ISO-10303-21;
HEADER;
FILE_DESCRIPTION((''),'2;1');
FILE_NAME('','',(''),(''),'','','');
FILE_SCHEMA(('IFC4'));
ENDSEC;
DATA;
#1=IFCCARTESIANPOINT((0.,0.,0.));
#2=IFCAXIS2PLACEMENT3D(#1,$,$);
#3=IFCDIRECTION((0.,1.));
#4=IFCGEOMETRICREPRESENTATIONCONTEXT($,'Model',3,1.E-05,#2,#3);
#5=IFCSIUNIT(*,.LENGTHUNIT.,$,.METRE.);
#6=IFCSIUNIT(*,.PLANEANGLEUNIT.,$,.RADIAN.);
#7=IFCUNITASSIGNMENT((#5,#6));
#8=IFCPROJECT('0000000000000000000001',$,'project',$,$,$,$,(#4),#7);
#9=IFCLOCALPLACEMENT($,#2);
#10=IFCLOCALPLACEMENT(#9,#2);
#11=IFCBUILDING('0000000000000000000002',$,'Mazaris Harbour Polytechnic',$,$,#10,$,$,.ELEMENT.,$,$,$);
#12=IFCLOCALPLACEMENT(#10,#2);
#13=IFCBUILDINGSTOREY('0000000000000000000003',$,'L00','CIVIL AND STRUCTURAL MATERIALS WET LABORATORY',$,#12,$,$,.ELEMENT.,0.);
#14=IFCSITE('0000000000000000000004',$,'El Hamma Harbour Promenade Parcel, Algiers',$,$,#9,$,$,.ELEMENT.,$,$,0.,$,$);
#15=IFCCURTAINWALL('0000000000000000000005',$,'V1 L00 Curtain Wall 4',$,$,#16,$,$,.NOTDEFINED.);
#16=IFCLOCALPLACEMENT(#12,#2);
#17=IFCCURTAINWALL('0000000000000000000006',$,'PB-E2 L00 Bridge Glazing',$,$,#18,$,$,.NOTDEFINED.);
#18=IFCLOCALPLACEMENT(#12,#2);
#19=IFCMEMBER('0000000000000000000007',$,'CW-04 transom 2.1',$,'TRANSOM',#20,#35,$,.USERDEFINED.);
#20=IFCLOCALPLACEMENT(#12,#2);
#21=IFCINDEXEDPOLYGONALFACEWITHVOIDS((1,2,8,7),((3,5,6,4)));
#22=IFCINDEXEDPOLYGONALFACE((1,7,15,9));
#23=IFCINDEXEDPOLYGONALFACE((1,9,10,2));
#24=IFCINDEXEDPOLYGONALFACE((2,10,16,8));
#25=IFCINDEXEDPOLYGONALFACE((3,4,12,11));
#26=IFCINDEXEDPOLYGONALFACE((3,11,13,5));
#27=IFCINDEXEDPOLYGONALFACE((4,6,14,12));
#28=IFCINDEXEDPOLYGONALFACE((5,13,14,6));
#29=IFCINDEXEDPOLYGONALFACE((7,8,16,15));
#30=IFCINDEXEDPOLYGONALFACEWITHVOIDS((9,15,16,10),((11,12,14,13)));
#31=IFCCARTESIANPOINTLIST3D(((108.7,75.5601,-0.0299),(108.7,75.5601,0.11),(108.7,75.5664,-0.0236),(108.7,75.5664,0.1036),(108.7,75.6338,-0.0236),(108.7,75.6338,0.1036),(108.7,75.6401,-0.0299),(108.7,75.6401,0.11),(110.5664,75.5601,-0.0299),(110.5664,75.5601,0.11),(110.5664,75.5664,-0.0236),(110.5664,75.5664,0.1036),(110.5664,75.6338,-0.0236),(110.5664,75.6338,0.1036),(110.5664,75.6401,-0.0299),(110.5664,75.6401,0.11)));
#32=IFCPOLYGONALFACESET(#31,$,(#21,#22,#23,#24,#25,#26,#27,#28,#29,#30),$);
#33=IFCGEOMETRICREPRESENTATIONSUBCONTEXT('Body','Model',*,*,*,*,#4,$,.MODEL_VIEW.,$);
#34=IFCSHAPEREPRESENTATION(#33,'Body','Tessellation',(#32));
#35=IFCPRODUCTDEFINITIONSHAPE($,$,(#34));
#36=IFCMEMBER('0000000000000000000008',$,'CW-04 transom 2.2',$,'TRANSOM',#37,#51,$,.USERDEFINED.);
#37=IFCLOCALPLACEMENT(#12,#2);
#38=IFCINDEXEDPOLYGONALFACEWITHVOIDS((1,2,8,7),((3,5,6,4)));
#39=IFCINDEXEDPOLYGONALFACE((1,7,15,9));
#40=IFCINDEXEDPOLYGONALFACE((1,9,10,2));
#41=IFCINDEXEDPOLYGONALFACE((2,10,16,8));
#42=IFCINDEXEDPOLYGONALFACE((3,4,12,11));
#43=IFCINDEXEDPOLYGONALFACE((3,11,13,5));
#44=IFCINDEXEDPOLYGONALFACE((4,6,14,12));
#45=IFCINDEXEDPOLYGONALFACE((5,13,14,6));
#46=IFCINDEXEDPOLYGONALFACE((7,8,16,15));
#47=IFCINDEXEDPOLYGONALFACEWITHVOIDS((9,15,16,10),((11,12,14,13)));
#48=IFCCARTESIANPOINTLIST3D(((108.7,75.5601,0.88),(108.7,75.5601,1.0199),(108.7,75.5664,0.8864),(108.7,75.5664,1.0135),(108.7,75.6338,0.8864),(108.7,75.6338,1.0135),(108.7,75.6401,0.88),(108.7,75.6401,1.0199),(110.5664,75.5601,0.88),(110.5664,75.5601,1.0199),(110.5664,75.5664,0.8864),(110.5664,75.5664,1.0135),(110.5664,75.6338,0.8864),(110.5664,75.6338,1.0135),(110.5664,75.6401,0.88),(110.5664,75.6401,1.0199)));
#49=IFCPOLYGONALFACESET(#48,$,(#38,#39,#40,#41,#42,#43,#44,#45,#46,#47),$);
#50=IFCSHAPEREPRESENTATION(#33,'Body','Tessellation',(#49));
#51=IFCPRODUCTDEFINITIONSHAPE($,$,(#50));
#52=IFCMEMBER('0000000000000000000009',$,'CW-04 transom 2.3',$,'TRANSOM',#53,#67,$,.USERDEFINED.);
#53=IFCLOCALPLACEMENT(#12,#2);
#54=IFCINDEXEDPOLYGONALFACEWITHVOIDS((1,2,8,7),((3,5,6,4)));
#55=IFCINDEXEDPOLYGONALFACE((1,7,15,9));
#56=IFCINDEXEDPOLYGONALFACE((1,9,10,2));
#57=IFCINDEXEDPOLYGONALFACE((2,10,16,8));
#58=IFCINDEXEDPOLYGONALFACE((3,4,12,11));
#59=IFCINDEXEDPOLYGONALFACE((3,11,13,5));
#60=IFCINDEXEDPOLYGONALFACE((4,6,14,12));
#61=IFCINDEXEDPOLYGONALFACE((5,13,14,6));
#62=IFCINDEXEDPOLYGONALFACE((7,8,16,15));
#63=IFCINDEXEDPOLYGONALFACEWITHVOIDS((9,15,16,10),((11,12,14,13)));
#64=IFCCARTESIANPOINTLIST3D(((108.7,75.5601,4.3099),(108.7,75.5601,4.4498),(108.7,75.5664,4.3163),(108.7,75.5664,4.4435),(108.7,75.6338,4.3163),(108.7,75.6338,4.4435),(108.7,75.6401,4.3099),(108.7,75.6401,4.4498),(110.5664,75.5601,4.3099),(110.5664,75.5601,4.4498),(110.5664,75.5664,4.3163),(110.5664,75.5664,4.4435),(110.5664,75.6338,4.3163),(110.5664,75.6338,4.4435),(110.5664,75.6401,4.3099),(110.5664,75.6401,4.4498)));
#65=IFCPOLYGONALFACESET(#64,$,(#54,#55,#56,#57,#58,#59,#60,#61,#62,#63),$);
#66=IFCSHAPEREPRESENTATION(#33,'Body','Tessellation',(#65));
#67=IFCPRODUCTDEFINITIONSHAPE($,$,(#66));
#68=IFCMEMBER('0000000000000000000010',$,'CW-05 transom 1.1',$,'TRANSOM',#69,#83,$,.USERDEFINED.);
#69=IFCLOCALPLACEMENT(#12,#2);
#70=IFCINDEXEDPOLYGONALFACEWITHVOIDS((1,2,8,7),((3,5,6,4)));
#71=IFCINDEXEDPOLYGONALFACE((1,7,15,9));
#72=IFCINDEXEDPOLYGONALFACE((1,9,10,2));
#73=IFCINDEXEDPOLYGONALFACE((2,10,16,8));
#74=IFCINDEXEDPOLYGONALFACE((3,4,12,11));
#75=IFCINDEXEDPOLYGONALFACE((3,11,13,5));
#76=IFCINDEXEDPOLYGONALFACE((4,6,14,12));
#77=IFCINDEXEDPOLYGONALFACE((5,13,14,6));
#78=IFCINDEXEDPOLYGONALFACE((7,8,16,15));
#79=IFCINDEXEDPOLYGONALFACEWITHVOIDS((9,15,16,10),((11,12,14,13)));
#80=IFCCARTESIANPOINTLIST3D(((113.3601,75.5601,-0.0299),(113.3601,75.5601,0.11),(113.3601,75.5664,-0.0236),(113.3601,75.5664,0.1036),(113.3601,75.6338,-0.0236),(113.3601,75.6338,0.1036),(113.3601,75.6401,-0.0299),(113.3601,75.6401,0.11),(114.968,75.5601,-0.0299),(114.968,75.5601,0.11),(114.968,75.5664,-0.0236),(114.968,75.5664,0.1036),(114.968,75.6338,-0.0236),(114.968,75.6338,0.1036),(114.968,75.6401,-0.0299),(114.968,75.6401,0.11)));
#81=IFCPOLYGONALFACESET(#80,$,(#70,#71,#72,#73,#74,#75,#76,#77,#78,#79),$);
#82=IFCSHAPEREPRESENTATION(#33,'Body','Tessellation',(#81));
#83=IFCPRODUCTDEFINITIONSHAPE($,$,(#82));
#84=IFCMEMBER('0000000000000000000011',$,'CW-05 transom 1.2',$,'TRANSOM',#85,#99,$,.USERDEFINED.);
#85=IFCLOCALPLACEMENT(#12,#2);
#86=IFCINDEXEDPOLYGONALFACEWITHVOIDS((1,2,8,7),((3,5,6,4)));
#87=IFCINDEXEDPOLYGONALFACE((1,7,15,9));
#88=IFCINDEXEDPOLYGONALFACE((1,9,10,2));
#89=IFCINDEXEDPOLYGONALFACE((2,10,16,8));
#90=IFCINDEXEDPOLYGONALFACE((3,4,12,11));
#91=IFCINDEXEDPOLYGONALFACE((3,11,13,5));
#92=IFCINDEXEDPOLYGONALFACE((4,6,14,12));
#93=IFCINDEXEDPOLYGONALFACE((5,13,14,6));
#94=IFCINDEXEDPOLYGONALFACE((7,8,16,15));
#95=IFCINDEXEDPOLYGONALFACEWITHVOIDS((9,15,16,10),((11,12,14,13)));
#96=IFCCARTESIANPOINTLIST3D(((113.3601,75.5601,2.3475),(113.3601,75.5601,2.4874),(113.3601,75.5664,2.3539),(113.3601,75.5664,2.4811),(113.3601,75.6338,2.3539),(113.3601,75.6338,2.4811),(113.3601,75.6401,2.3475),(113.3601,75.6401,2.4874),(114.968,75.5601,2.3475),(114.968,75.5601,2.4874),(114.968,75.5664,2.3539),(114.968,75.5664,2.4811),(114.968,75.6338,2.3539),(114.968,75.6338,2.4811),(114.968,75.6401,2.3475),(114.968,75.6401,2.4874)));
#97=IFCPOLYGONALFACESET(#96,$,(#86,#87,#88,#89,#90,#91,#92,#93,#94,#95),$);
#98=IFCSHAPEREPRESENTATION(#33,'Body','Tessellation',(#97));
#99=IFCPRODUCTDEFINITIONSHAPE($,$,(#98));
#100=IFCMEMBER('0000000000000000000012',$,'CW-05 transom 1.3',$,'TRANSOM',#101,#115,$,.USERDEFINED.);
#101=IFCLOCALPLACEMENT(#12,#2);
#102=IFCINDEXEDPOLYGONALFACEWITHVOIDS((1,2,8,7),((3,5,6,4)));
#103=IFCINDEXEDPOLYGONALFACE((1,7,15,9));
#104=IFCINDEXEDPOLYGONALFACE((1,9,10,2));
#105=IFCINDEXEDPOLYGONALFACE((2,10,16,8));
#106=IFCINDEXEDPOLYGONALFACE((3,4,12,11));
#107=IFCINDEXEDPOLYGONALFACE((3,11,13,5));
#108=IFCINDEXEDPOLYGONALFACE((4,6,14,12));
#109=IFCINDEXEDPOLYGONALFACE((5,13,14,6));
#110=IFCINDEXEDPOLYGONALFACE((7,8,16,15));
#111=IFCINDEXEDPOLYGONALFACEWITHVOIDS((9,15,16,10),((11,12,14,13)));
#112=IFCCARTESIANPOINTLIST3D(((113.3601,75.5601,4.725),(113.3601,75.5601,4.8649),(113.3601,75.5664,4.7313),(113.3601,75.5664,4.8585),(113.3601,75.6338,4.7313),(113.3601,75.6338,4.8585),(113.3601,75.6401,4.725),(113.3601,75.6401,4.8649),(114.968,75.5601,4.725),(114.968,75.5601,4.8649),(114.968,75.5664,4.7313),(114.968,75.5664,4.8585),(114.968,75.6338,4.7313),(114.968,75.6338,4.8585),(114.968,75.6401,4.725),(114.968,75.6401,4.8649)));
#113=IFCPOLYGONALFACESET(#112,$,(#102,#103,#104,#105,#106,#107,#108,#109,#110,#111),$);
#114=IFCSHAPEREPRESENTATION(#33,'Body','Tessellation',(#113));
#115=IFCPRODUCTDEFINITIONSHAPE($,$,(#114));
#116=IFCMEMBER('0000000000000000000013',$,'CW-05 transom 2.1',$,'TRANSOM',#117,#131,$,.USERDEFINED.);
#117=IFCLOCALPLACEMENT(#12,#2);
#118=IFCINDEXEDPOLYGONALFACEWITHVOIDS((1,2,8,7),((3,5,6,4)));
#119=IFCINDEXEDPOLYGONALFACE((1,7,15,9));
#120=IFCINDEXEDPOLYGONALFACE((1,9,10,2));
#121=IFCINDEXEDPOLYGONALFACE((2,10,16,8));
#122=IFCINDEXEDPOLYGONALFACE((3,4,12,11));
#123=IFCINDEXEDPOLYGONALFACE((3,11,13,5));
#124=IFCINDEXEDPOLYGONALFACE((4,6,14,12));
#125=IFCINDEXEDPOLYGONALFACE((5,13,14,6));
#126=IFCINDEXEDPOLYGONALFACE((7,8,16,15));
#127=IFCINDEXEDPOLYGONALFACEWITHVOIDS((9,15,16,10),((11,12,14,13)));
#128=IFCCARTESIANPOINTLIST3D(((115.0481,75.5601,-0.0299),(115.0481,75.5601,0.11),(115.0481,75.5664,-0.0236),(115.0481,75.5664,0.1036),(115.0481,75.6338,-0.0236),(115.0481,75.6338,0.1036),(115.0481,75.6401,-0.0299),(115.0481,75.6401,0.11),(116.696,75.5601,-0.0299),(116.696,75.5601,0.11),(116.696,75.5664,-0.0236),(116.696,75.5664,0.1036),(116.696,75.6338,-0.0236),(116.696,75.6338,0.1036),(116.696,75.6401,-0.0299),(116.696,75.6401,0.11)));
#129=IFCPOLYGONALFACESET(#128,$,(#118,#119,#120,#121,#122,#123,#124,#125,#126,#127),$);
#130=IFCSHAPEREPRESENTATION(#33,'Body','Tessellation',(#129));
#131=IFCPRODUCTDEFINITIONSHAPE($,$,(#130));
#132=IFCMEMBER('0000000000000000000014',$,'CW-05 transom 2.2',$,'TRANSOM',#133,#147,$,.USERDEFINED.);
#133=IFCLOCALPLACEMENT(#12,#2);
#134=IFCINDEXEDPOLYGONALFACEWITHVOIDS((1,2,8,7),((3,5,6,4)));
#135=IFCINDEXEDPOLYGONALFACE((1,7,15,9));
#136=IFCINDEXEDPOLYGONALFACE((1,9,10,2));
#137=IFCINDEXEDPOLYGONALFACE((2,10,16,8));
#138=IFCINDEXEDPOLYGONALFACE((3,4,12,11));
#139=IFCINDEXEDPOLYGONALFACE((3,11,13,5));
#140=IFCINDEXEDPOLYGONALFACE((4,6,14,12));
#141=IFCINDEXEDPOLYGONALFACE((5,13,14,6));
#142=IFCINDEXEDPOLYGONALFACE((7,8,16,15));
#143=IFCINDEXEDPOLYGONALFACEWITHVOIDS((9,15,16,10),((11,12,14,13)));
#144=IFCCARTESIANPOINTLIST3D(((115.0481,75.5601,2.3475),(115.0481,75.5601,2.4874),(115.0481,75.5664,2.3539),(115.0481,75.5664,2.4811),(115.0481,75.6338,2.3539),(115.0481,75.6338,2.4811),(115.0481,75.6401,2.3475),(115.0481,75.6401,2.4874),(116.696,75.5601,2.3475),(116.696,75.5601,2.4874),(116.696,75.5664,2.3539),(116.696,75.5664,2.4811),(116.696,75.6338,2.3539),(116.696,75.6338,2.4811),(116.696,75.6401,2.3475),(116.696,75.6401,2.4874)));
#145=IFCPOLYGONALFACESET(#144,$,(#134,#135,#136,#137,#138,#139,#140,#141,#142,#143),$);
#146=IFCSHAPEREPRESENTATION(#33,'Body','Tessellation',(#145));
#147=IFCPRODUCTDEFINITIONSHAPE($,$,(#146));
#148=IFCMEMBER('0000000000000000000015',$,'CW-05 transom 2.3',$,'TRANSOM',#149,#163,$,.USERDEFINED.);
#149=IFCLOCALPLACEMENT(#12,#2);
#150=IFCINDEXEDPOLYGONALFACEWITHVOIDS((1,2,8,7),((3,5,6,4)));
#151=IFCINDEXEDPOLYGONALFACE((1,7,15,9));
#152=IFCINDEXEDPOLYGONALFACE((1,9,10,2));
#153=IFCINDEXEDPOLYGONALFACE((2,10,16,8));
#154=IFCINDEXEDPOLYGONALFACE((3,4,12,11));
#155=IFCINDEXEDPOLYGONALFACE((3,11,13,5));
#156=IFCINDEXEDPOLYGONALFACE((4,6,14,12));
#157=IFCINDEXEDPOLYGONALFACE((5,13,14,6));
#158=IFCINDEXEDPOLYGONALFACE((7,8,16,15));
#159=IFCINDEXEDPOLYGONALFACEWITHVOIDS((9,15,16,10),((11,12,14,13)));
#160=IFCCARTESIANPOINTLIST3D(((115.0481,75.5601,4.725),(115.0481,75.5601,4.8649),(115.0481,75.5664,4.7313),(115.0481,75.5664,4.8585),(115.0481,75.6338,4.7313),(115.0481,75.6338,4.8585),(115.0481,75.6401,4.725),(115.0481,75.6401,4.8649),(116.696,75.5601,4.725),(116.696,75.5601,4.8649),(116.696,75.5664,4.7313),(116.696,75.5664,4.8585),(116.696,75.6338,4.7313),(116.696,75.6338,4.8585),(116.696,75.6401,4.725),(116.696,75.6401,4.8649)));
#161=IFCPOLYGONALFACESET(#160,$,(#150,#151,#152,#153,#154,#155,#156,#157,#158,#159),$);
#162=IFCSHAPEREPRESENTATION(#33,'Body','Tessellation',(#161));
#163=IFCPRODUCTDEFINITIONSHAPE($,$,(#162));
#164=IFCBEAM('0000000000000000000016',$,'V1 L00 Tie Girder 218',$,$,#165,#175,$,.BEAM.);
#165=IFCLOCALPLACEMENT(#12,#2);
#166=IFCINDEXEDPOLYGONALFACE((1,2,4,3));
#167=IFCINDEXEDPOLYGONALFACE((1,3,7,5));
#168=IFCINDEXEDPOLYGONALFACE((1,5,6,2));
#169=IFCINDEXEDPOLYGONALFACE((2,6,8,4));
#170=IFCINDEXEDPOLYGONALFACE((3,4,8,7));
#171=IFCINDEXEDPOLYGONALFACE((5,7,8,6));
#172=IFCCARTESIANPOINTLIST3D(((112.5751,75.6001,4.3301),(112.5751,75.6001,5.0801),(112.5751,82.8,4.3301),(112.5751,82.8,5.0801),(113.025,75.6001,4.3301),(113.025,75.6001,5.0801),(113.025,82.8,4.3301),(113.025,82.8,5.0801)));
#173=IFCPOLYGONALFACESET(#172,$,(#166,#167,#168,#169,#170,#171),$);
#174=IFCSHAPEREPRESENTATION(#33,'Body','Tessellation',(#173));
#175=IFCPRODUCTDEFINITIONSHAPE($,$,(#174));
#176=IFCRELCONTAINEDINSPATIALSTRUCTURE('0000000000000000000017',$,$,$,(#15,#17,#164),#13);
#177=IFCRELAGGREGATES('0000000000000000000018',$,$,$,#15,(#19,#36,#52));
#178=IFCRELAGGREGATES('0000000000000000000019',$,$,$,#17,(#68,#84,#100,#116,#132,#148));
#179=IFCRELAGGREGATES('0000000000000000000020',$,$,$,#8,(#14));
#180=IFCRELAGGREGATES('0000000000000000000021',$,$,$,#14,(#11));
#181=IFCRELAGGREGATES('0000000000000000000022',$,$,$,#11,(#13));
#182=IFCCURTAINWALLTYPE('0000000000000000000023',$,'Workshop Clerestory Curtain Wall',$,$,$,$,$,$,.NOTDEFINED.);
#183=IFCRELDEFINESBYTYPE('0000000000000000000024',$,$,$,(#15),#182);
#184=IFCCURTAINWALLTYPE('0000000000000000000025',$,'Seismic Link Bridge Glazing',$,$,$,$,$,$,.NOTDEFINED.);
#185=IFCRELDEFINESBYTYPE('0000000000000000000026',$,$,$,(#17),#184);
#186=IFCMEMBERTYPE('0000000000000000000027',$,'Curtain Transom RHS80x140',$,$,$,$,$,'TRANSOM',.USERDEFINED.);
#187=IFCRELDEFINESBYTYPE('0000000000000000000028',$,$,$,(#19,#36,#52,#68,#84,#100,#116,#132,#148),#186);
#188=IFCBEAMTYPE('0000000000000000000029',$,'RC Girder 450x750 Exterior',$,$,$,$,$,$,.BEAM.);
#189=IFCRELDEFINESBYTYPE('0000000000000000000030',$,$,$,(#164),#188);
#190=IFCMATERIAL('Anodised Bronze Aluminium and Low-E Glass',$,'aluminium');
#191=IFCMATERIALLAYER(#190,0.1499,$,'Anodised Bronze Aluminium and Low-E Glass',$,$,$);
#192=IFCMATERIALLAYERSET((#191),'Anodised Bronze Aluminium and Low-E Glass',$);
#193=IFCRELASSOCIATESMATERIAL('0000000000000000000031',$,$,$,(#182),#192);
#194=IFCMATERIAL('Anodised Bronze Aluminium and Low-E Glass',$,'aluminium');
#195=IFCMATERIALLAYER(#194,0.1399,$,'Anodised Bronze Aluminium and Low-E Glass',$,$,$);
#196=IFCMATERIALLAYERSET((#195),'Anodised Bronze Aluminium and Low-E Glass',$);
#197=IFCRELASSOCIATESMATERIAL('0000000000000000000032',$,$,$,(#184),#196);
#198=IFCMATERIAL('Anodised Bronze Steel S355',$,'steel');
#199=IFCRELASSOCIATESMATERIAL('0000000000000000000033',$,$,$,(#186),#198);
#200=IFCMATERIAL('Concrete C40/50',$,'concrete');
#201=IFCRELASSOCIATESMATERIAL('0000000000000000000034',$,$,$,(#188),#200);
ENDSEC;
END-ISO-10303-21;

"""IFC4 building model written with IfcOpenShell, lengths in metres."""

from ifc_helpers import new_model, si_unit, direction, frame, origin, origin_2d, place, context, subcontext, project, spatial, rectangle, hollow_rectangle, extrude, material, layer, layer_set, material_profile, profile_set, type_object, element, aggregate, save


model = new_model("IFC4")

# Units and contexts
model_context = context("Model", 3, precision=1e-05, world=origin(), true_north=direction((0.0, 1.0)))
body_context = subcontext(model_context, "Body", "Model", "MODEL_VIEW")
ifc_project = project(units=[si_unit("LENGTHUNIT", "METRE"), si_unit("PLANEANGLEUNIT", "RADIAN")], contexts=[model_context])

# Site, building, storey
site_placement = place(None, origin())
site = spatial("IfcSite", under=ifc_project, at=site_placement, Name="El Hamma Harbour Promenade Parcel, Algiers", CompositionType="ELEMENT", RefElevation=0.0)
building_placement = place(site_placement, origin())
building = spatial("IfcBuilding", under=site, at=building_placement, Name="Mazaris Harbour Polytechnic", CompositionType="ELEMENT")
storey_placement = place(building_placement, origin())
storey = spatial("IfcBuildingStorey", under=building, at=storey_placement, Name="L00", Description="CIVIL AND STRUCTURAL MATERIALS WET LABORATORY", CompositionType="ELEMENT", Elevation=0.0)

# Curtain walls
ifc_material_1 = material(Name="Anodised Bronze Aluminium and Low-E Glass", Category="aluminium")
ifc_layer_1 = layer(ifc_material_1, 0.1499, Name="Anodised Bronze Aluminium and Low-E Glass")
ifc_layer_set_1 = layer_set([ifc_layer_1], Name="Anodised Bronze Aluminium and Low-E Glass")
curtain_wall_type_1 = type_object("IfcCurtainWallType", Name="Workshop Clerestory Curtain Wall", PredefinedType="NOTDEFINED", material=ifc_layer_set_1)
curtain_wall_1_placement = place(storey_placement, origin())
curtain_wall_1 = element("IfcCurtainWall", 1, at=curtain_wall_1_placement, inside=storey, type_object=curtain_wall_type_1, Name="V1 L00 Curtain Wall 4", PredefinedType="NOTDEFINED")
ifc_material_2 = material(Name="Anodised Bronze Aluminium and Low-E Glass", Category="aluminium")
ifc_layer_2 = layer(ifc_material_2, 0.1399, Name="Anodised Bronze Aluminium and Low-E Glass")
ifc_layer_set_2 = layer_set([ifc_layer_2], Name="Anodised Bronze Aluminium and Low-E Glass")
curtain_wall_type_2 = type_object("IfcCurtainWallType", Name="Seismic Link Bridge Glazing", PredefinedType="NOTDEFINED", material=ifc_layer_set_2)
curtain_wall_2_placement = place(storey_placement, origin())
curtain_wall_2 = element("IfcCurtainWall", 2, at=curtain_wall_2_placement, inside=storey, type_object=curtain_wall_type_2, Name="PB-E2 L00 Bridge Glazing", PredefinedType="NOTDEFINED")

# Members
ifc_material_3 = material(Name="Anodised Bronze Steel S355", Category="steel")
ifc_material_profile_1 = material_profile(ifc_material_3, hollow_rectangle(XDim=0.0801, YDim=0.1399, WallThickness=0.0063, at=origin_2d()), Name="RHS 80x140x6.3")
ifc_profile_set_1 = profile_set([ifc_material_profile_1], Name="Anodised Bronze Steel S355")
member_type_1 = type_object("IfcMemberType", Name="Curtain Transom RHS80x140", ElementType="TRANSOM", PredefinedType="USERDEFINED", material=ifc_profile_set_1)
member_1_placement = place(storey_placement, frame((110.5664, 75.6001, 0.04), z_axis=(-1.0, 0.0, 0.0), x_axis=(0.0, -1.0, 0.0)))
member_1 = element("IfcMember", 3, at=member_1_placement, type_object=member_type_1, Name="CW-04 transom 2.1", ObjectType="TRANSOM", PredefinedType="USERDEFINED", context=body_context, shape_type="SweptSolid", body=[
    extrude(hollow_rectangle(XDim=0.0801, YDim=0.1399, WallThickness=0.0063, at=origin_2d()), origin(), (0.0, 0.0, 1.0), 1.8665),
])
member_2_placement = place(storey_placement, frame((110.5664, 75.6001, 0.95), z_axis=(-1.0, 0.0, 0.0), x_axis=(0.0, -1.0, 0.0)))
member_2 = element("IfcMember", 4, at=member_2_placement, type_object=member_type_1, Name="CW-04 transom 2.2", ObjectType="TRANSOM", PredefinedType="USERDEFINED", context=body_context, shape_type="SweptSolid", body=[
    extrude(hollow_rectangle(XDim=0.0801, YDim=0.1399, WallThickness=0.0063, at=origin_2d()), origin(), (0.0, 0.0, 1.0), 1.8665),
])
member_3_placement = place(storey_placement, frame((110.5664, 75.6001, 4.3799), z_axis=(-1.0, 0.0, 0.0), x_axis=(0.0, -1.0, 0.0)))
member_3 = element("IfcMember", 5, at=member_3_placement, type_object=member_type_1, Name="CW-04 transom 2.3", ObjectType="TRANSOM", PredefinedType="USERDEFINED", context=body_context, shape_type="SweptSolid", body=[
    extrude(hollow_rectangle(XDim=0.0801, YDim=0.1399, WallThickness=0.0063, at=origin_2d()), origin(), (0.0, 0.0, 1.0), 1.8665),
])
member_4_placement = place(storey_placement, frame((113.3601, 75.6001, 0.04), z_axis=(1.0, 0.0, 0.0), x_axis=(0.0, 1.0, 0.0)))
member_4 = element("IfcMember", 6, at=member_4_placement, type_object=member_type_1, Name="CW-05 transom 1.1", ObjectType="TRANSOM", PredefinedType="USERDEFINED", context=body_context, shape_type="SweptSolid", body=[
    extrude(hollow_rectangle(XDim=0.0801, YDim=0.1399, WallThickness=0.0063, at=origin_2d()), origin(), (0.0, 0.0, 1.0), 1.6079),
])
member_5_placement = place(storey_placement, frame((113.3601, 75.6001, 2.4175), z_axis=(1.0, 0.0, 0.0), x_axis=(0.0, 1.0, 0.0)))
member_5 = element("IfcMember", 7, at=member_5_placement, type_object=member_type_1, Name="CW-05 transom 1.2", ObjectType="TRANSOM", PredefinedType="USERDEFINED", context=body_context, shape_type="SweptSolid", body=[
    extrude(hollow_rectangle(XDim=0.0801, YDim=0.1399, WallThickness=0.0063, at=origin_2d()), origin(), (0.0, 0.0, 1.0), 1.6079),
])
member_6_placement = place(storey_placement, frame((113.3601, 75.6001, 4.7949), z_axis=(1.0, 0.0, 0.0), x_axis=(0.0, 1.0, 0.0)))
member_6 = element("IfcMember", 8, at=member_6_placement, type_object=member_type_1, Name="CW-05 transom 1.3", ObjectType="TRANSOM", PredefinedType="USERDEFINED", context=body_context, shape_type="SweptSolid", body=[
    extrude(hollow_rectangle(XDim=0.0801, YDim=0.1399, WallThickness=0.0063, at=origin_2d()), origin(), (0.0, 0.0, 1.0), 1.6079),
])
member_7_placement = place(storey_placement, frame((115.0481, 75.6001, 0.04), z_axis=(1.0, 0.0, 0.0), x_axis=(0.0, 1.0, 0.0)))
member_7 = element("IfcMember", 9, at=member_7_placement, type_object=member_type_1, Name="CW-05 transom 2.1", ObjectType="TRANSOM", PredefinedType="USERDEFINED", context=body_context, shape_type="SweptSolid", body=[
    extrude(hollow_rectangle(XDim=0.0801, YDim=0.1399, WallThickness=0.0063, at=origin_2d()), origin(), (0.0, 0.0, 1.0), 1.6479),
])
member_8_placement = place(storey_placement, frame((115.0481, 75.6001, 2.4175), z_axis=(1.0, 0.0, 0.0), x_axis=(0.0, 1.0, 0.0)))
member_8 = element("IfcMember", 10, at=member_8_placement, type_object=member_type_1, Name="CW-05 transom 2.2", ObjectType="TRANSOM", PredefinedType="USERDEFINED", context=body_context, shape_type="SweptSolid", body=[
    extrude(hollow_rectangle(XDim=0.0801, YDim=0.1399, WallThickness=0.0063, at=origin_2d()), origin(), (0.0, 0.0, 1.0), 1.6479),
])
member_9_placement = place(storey_placement, frame((115.0481, 75.6001, 4.7949), z_axis=(1.0, 0.0, 0.0), x_axis=(0.0, 1.0, 0.0)))
member_9 = element("IfcMember", 11, at=member_9_placement, type_object=member_type_1, Name="CW-05 transom 2.3", ObjectType="TRANSOM", PredefinedType="USERDEFINED", context=body_context, shape_type="SweptSolid", body=[
    extrude(hollow_rectangle(XDim=0.0801, YDim=0.1399, WallThickness=0.0063, at=origin_2d()), origin(), (0.0, 0.0, 1.0), 1.6479),
])

# Beam
ifc_material_4 = material(Name="Concrete C40/50", Category="concrete")
ifc_material_profile_2 = material_profile(ifc_material_4, rectangle(XDim=0.45, YDim=0.75, at=origin_2d()), Name="RECT450x750")
ifc_profile_set_2 = profile_set([ifc_material_profile_2], Name="Concrete C40/50")
beam_type_1 = type_object("IfcBeamType", Name="RC Girder 450x750 Exterior", PredefinedType="BEAM", material=ifc_profile_set_2)
beam_1_placement = place(storey_placement, frame((112.8, 75.6001, 4.7051), z_axis=(0.0, 1.0, 0.0), x_axis=(-1.0, 0.0, 0.0)))
element("IfcBeam", 12, at=beam_1_placement, inside=storey, type_object=beam_type_1, Name="V1 L00 Tie Girder 218", PredefinedType="BEAM", context=body_context, shape_type="SweptSolid", body=[
    extrude(rectangle(XDim=0.45, YDim=0.75, at=origin_2d()), origin(), (0.0, 0.0, 1.0), 7.2),
])

aggregate(curtain_wall_1, [member_1, member_2, member_3])
aggregate(curtain_wall_2, [member_4, member_5, member_6, member_7, member_8, member_9])

save(model, "model.ifc")
